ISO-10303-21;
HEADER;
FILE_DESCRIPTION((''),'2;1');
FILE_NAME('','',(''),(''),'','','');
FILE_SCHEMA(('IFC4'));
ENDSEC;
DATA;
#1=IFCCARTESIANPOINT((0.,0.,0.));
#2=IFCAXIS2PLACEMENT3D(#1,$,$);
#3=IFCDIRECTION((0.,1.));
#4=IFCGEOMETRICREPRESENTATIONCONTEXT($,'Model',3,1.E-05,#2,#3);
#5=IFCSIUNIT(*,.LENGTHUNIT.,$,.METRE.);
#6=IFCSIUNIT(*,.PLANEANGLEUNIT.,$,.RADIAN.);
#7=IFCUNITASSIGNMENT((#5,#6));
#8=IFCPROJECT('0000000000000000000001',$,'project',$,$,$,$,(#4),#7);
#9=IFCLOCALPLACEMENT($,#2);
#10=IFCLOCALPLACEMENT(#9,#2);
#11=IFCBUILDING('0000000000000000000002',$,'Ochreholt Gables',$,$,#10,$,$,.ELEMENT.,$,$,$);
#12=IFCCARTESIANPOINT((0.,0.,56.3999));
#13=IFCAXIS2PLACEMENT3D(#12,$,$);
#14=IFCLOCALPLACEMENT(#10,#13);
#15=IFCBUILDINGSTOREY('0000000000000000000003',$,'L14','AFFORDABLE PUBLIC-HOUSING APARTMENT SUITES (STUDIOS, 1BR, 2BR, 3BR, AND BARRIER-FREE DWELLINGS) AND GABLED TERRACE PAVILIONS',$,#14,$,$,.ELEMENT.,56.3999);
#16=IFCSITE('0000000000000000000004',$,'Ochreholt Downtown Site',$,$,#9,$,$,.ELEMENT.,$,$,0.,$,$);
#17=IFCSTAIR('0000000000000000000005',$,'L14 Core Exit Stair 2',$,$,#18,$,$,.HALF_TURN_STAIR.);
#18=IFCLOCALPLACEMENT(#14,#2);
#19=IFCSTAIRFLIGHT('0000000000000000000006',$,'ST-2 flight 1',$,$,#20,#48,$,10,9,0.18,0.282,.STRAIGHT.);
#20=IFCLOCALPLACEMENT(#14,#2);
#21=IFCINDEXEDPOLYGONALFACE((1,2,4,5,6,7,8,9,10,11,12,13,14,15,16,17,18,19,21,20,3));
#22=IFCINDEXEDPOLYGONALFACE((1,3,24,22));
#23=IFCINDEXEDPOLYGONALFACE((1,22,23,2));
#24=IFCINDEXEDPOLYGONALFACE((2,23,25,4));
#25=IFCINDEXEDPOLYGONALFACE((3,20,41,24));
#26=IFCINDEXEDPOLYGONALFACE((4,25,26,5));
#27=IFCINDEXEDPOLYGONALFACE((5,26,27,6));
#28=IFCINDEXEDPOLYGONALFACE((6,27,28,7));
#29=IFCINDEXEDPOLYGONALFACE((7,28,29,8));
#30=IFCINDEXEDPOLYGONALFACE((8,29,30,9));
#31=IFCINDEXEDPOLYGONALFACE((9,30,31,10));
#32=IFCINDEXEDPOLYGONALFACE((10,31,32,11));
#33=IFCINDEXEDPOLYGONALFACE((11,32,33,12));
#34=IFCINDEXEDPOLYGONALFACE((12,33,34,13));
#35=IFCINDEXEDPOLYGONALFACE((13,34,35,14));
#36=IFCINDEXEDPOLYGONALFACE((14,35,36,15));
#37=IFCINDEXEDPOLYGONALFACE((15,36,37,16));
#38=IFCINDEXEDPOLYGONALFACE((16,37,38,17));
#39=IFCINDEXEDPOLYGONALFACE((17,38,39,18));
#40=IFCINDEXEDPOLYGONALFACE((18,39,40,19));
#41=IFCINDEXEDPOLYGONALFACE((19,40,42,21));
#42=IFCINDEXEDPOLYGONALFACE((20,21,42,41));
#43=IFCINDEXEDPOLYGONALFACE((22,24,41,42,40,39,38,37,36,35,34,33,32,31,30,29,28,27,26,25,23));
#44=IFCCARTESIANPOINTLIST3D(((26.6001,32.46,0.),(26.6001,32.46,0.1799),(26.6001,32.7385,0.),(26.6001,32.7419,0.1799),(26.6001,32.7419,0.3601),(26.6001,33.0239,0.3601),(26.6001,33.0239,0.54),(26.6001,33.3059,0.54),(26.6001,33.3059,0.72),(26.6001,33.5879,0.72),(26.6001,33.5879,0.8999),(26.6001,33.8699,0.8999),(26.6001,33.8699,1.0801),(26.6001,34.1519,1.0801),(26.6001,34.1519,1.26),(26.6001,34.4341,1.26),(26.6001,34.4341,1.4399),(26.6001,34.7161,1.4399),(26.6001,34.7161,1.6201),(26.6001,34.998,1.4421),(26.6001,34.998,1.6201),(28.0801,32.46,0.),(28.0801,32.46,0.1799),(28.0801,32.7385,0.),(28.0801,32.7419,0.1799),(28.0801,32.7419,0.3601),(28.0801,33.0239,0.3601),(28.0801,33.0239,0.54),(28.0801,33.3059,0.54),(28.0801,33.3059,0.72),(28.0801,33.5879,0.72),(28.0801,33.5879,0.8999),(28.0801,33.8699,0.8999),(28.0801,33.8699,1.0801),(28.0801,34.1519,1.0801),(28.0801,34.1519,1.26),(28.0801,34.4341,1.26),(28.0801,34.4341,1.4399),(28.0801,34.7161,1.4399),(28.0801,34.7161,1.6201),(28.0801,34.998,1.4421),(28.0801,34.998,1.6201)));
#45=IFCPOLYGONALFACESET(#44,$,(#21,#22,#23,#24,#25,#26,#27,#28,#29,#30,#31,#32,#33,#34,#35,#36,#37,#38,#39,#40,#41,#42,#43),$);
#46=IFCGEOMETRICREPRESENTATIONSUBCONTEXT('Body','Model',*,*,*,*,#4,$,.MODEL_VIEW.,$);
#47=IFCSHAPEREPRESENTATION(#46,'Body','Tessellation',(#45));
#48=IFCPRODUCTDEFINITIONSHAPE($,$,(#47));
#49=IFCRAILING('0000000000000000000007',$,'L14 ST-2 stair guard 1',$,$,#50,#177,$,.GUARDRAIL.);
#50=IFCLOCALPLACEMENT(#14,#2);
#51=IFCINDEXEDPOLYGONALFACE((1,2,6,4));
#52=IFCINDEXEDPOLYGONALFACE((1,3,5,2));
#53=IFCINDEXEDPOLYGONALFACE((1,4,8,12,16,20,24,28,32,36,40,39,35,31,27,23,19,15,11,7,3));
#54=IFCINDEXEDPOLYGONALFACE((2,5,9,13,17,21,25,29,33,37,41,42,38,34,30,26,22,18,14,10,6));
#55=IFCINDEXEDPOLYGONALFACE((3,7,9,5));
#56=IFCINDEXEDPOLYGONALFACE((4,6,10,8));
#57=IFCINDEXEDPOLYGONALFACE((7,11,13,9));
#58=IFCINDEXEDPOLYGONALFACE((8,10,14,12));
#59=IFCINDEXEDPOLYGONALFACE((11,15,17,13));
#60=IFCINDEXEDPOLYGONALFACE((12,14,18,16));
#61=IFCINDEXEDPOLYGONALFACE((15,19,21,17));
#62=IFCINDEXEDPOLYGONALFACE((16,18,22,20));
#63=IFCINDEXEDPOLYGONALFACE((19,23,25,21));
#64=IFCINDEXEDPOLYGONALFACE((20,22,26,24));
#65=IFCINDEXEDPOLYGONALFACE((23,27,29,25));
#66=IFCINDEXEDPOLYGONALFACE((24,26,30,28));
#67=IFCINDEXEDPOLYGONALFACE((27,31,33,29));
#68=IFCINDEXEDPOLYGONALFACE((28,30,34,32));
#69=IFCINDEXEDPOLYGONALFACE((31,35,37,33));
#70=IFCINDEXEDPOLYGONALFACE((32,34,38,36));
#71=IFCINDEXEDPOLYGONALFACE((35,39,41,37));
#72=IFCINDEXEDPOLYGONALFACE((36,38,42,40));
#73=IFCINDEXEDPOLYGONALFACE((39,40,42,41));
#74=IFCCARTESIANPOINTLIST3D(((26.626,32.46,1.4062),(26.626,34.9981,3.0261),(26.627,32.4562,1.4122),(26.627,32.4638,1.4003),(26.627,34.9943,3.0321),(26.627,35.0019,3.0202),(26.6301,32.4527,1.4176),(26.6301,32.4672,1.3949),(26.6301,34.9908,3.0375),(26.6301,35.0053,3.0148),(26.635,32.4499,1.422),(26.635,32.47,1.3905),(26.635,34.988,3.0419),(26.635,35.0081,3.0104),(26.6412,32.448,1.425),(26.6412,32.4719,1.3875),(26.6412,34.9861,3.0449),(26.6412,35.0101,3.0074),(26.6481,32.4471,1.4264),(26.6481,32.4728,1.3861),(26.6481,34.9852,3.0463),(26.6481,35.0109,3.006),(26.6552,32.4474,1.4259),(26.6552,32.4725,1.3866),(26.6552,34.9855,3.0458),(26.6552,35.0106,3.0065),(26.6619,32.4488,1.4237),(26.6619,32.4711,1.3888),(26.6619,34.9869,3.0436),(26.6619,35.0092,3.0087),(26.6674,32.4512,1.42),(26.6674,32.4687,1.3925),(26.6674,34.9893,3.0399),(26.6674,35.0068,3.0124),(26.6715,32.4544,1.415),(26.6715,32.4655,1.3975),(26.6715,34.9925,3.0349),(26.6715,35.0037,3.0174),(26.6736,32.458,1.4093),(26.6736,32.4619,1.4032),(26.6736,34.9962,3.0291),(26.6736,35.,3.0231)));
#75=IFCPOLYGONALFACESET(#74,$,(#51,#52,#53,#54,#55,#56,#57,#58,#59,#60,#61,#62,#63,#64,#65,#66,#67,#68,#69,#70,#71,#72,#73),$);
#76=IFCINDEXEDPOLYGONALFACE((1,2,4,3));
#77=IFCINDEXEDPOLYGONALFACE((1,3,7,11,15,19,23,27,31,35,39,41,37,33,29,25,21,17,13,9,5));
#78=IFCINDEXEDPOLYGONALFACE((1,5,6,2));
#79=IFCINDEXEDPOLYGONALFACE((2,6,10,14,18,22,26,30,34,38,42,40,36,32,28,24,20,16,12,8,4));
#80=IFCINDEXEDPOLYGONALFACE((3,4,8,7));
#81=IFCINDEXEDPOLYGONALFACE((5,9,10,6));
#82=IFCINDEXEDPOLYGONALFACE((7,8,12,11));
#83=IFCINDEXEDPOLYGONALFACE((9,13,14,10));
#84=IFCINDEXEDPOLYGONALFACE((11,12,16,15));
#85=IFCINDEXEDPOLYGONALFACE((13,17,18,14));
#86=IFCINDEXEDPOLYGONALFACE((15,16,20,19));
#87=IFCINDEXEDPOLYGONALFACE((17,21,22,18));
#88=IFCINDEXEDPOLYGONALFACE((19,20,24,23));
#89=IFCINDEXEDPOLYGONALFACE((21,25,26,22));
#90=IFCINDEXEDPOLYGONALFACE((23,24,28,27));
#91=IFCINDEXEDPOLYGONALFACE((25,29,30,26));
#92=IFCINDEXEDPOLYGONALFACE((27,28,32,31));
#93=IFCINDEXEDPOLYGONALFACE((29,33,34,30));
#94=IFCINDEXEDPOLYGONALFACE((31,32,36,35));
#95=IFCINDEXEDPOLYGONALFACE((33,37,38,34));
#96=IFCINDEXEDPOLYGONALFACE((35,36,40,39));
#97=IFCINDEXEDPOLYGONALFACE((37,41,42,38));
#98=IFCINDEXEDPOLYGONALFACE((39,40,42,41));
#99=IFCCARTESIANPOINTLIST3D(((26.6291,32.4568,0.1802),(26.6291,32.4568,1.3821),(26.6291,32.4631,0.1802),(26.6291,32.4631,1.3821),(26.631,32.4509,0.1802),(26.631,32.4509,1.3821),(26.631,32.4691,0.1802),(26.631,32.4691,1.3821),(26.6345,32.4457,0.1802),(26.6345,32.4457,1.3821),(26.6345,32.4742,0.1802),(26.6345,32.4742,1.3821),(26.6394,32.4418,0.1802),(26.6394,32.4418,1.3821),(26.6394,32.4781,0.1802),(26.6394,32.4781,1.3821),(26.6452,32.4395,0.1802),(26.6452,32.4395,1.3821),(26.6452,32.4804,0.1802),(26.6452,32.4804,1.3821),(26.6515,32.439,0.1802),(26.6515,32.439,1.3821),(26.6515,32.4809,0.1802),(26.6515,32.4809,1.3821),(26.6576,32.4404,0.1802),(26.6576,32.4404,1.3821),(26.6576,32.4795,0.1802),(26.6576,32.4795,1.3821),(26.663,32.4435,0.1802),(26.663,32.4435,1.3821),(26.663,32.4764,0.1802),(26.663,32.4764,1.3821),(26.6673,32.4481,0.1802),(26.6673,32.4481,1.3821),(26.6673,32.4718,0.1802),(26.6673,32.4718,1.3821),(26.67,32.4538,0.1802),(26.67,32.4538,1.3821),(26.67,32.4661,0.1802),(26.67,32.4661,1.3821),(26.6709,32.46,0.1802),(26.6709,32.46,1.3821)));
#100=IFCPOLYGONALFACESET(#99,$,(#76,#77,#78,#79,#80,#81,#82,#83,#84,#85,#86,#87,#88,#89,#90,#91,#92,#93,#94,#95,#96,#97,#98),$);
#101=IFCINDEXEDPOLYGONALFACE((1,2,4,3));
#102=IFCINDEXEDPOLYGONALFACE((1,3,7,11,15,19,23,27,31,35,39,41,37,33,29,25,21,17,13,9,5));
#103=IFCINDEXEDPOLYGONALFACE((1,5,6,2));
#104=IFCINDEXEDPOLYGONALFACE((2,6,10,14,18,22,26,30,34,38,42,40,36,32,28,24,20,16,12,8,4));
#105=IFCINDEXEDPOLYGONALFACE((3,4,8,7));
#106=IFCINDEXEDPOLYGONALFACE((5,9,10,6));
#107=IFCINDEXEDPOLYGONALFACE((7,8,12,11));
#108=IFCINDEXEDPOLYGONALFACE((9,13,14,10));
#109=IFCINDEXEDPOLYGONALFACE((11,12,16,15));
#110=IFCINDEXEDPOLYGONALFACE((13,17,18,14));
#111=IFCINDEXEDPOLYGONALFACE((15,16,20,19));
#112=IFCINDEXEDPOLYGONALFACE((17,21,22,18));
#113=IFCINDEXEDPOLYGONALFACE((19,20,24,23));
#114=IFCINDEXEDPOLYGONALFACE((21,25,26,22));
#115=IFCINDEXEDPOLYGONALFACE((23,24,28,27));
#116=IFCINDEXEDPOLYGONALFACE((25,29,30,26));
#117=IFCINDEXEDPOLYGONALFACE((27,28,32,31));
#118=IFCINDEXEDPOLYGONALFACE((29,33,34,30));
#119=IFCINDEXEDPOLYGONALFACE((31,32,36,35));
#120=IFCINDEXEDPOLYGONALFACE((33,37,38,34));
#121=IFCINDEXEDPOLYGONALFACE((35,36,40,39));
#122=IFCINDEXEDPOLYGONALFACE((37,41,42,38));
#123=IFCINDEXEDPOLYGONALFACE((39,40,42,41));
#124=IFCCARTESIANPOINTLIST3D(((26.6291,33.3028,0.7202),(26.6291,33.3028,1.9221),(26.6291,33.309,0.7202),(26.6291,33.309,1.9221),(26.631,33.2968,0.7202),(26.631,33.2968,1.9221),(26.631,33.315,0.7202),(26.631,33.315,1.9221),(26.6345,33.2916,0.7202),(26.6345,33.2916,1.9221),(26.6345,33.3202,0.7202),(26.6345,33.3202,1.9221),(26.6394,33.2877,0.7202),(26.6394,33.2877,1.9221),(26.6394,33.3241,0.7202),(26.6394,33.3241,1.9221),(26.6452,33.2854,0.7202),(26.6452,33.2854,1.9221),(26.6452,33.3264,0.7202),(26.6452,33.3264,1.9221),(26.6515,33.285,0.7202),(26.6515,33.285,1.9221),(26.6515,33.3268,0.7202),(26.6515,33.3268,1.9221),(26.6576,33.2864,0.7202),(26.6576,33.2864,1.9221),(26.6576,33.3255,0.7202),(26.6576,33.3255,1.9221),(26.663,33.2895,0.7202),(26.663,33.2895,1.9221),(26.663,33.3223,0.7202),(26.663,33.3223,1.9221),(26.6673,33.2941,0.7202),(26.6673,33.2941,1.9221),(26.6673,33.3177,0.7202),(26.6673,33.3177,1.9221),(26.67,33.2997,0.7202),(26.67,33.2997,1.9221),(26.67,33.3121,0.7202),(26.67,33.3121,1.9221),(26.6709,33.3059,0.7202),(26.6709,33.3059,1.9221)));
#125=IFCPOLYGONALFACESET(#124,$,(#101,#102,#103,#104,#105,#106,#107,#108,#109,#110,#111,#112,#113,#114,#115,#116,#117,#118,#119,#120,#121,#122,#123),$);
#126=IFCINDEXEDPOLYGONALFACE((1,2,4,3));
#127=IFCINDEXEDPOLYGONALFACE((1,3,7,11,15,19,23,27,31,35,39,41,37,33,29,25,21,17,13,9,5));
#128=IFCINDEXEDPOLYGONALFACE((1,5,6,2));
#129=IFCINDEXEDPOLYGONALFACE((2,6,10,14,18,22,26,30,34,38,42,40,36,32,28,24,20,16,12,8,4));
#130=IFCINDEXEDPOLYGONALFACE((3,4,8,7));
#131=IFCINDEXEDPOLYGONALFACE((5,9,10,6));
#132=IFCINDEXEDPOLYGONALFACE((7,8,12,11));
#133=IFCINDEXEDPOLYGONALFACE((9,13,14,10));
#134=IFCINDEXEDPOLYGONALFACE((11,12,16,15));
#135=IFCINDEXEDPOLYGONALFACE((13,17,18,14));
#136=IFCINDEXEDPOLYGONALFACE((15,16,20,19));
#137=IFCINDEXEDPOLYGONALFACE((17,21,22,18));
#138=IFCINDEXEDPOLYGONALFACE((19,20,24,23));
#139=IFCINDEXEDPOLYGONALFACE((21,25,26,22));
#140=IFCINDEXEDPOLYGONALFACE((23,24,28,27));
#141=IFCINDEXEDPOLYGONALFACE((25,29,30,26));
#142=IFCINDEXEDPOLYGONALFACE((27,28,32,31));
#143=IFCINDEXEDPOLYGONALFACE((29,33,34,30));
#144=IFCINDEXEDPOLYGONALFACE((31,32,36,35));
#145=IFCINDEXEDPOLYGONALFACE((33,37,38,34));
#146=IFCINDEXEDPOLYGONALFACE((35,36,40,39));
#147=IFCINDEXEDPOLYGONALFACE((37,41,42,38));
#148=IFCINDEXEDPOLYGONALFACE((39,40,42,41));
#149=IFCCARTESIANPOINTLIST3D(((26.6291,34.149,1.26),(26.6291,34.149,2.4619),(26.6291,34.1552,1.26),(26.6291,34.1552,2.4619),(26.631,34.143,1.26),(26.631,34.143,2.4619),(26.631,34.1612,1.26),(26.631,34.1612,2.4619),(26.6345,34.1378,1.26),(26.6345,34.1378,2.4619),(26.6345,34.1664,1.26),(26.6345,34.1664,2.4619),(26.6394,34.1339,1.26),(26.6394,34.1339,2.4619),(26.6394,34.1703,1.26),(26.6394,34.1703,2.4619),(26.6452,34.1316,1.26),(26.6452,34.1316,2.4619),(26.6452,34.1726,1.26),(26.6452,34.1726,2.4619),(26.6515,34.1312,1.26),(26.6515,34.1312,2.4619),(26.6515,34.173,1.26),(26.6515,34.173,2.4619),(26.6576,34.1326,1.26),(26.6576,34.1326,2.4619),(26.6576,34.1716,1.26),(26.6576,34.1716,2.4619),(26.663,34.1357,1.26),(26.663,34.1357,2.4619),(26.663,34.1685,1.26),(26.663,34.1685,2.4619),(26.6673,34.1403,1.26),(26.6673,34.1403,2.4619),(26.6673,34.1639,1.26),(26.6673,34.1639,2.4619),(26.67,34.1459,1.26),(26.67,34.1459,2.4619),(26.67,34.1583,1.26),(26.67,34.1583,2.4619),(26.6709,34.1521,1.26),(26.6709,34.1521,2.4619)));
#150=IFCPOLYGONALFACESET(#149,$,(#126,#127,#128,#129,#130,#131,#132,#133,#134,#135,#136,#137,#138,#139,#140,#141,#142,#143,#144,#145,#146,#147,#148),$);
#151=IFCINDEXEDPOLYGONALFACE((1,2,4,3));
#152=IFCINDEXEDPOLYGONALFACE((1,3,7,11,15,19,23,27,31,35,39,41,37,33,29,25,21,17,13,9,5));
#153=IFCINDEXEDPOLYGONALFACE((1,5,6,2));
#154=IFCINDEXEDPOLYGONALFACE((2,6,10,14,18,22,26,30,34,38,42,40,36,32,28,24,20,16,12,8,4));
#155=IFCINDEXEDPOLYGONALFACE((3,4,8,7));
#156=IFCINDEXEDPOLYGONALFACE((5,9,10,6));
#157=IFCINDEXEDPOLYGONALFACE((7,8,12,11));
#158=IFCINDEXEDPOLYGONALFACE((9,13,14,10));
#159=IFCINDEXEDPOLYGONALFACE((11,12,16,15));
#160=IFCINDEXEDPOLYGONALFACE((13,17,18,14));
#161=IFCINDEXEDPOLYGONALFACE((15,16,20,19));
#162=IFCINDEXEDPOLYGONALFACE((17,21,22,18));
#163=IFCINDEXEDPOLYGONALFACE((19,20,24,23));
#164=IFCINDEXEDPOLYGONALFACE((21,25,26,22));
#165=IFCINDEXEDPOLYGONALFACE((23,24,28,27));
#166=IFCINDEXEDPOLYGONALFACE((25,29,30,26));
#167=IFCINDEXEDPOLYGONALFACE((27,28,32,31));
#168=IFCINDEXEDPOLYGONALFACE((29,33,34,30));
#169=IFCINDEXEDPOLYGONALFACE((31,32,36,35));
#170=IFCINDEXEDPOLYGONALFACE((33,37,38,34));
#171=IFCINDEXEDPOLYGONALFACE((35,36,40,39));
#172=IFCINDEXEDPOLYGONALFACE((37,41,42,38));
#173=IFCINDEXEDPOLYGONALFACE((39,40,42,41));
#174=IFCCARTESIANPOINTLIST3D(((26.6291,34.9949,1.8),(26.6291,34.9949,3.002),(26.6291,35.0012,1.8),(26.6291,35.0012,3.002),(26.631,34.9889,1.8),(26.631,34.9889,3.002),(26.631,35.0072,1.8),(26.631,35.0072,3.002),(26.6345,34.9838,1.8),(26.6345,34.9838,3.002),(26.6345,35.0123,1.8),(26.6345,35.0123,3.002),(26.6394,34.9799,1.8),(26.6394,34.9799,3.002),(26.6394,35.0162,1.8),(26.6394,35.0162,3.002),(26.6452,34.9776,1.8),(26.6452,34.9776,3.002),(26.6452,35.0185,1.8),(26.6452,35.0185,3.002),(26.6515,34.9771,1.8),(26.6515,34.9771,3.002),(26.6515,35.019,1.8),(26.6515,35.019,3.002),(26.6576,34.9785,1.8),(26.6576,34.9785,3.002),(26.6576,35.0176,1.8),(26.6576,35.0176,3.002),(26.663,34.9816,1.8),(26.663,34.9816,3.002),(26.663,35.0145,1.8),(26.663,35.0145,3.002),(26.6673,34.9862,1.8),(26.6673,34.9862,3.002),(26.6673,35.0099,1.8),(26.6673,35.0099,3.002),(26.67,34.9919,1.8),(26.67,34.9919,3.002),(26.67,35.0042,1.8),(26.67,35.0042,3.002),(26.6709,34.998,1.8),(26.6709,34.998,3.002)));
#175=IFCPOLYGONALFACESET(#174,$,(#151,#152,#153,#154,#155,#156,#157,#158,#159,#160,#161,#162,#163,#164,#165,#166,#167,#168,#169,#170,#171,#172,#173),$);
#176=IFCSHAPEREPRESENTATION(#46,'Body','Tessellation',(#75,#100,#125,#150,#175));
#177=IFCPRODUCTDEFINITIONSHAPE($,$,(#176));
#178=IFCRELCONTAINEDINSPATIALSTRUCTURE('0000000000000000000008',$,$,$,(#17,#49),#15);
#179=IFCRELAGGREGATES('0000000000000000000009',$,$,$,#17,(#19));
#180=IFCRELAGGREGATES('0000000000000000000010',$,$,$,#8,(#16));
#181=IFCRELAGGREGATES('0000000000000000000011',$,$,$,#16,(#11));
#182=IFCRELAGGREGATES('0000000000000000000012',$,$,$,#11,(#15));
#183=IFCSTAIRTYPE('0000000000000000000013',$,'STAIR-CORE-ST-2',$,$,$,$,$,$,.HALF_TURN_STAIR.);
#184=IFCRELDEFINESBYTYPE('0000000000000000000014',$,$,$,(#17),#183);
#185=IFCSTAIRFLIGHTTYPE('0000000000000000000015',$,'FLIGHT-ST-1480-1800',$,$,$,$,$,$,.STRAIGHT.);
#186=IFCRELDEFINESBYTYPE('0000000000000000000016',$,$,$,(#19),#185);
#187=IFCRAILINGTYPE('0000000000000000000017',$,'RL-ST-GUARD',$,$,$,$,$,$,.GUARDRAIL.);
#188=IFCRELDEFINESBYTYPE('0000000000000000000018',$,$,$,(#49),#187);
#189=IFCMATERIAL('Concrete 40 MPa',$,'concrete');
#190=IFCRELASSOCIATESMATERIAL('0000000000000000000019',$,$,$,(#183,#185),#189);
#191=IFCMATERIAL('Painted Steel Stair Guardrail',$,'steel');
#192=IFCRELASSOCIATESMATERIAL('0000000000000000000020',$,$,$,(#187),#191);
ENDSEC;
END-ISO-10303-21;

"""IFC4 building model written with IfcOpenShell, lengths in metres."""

from ifc_helpers import new_model, si_unit, direction, frame, origin, origin_2d, place, context, subcontext, project, spatial, polyline, circle, outline, extrude, material, type_object, element, aggregate, save


model = new_model("IFC4")

# Units and contexts
model_context = context("Model", 3, precision=1e-05, world=origin(), true_north=direction((0.0, 1.0)))
body_context = subcontext(model_context, "Body", "Model", "MODEL_VIEW")
ifc_project = project(units=[si_unit("LENGTHUNIT", "METRE"), si_unit("PLANEANGLEUNIT", "RADIAN")], contexts=[model_context])

# Site, building, storey
site_placement = place(None, origin())
site = spatial("IfcSite", under=ifc_project, at=site_placement, Name="Ochreholt Downtown Site", CompositionType="ELEMENT", RefElevation=0.0)
building_placement = place(site_placement, origin())
building = spatial("IfcBuilding", under=site, at=building_placement, Name="Ochreholt Gables", CompositionType="ELEMENT")
storey_placement = place(building_placement, frame((0.0, 0.0, 56.3999)))
storey = spatial("IfcBuildingStorey", under=building, at=storey_placement, Name="L14", Description="AFFORDABLE PUBLIC-HOUSING APARTMENT SUITES (STUDIOS, 1BR, 2BR, 3BR, AND BARRIER-FREE DWELLINGS) AND GABLED TERRACE PAVILIONS", CompositionType="ELEMENT", Elevation=56.3999)

# Shared definitions
ifc_material_1 = material(Name="Concrete 40 MPa", Category="concrete")

# Stair, stair flight
stair_type = type_object("IfcStairType", Name="STAIR-CORE-ST-2", PredefinedType="HALF_TURN_STAIR", material=ifc_material_1)
stair_placement = place(storey_placement, origin())
stair = element("IfcStair", 1, at=stair_placement, inside=storey, type_object=stair_type, Name="L14 Core Exit Stair 2", PredefinedType="HALF_TURN_STAIR")
stair_flight_type = type_object("IfcStairFlightType", Name="FLIGHT-ST-1480-1800", PredefinedType="STRAIGHT", material=ifc_material_1)
stair_flight_placement = place(storey_placement, frame((27.3401, 32.46, 0.0), z_axis=(0.0, 0.0, 1.0), x_axis=(0.0, 1.0, 0.0)))
stair_flight = element("IfcStairFlight", 2, at=stair_flight_placement, type_object=stair_flight_type, Name="ST-2 flight 1", NumberOfRisers=10, NumberOfTreads=9, PredefinedType="STRAIGHT", RiserHeight=0.18, TreadLength=0.282, context=body_context, shape_type="SweptSolid", body=[
    extrude(outline(polyline([(0.0, 0.0), (0.0, 0.1799), (0.282, 0.1799), (0.282, 0.3601), (0.564, 0.3601), (0.564, 0.54), (0.8459, 0.54), (0.8459, 0.72), (1.1279, 0.72), (1.1279, 0.8999), (1.4099, 0.8999), (1.4099, 1.0801), (1.6919, 1.0801), (1.6919, 1.26), (1.9741, 1.26), (1.9741, 1.4399), (2.2561, 1.4399), (2.2561, 1.6201), (2.5381, 1.6201), (2.5381, 1.8), (2.5381, 1.4421), (0.2786, 0.0), (0.0, 0.0)])), frame((0.0, 0.74, 0.0), z_axis=(0.0, -1.0, 0.0), x_axis=(1.0, 0.0, 0.0)), (0.0, 0.0, 1.0), 1.48),
])
aggregate(stair, [stair_flight])

# Railing
ifc_material_2 = material(Name="Painted Steel Stair Guardrail", Category="steel")
railing_type_1 = type_object("IfcRailingType", Name="RL-ST-GUARD", PredefinedType="GUARDRAIL", material=ifc_material_2)
railing_1_placement = place(storey_placement, frame((26.6499, 32.46, 0.1802)))
element("IfcRailing", 3, at=railing_1_placement, inside=storey, type_object=railing_type_1, Name="L14 ST-2 stair guard 1", PredefinedType="GUARDRAIL", context=body_context, shape_type="SweptSolid", body=[
    extrude(circle(Radius=0.0239, at=origin_2d()), frame((0.0, 0.0, 1.2261), z_axis=(0.0, 0.84295, 0.537993), x_axis=(-1.0, 0.0, 0.0)), (0.0, 0.0, 1.0), 3.011),
    extrude(circle(Radius=0.021, at=origin_2d()), origin(), (0.0, 0.0, 1.0), 1.2019),
    extrude(circle(Radius=0.021, at=origin_2d()), frame((0.0, 0.8459, 0.54)), (0.0, 0.0, 1.0), 1.2019),
    extrude(circle(Radius=0.021, at=origin_2d()), frame((0.0, 1.6921, 1.0798)), (0.0, 0.0, 1.0), 1.2019),
    extrude(circle(Radius=0.021, at=origin_2d()), frame((0.0, 2.5381, 1.6199)), (0.0, 0.0, 1.0), 1.2019),
])

save(model, "model.ifc")
